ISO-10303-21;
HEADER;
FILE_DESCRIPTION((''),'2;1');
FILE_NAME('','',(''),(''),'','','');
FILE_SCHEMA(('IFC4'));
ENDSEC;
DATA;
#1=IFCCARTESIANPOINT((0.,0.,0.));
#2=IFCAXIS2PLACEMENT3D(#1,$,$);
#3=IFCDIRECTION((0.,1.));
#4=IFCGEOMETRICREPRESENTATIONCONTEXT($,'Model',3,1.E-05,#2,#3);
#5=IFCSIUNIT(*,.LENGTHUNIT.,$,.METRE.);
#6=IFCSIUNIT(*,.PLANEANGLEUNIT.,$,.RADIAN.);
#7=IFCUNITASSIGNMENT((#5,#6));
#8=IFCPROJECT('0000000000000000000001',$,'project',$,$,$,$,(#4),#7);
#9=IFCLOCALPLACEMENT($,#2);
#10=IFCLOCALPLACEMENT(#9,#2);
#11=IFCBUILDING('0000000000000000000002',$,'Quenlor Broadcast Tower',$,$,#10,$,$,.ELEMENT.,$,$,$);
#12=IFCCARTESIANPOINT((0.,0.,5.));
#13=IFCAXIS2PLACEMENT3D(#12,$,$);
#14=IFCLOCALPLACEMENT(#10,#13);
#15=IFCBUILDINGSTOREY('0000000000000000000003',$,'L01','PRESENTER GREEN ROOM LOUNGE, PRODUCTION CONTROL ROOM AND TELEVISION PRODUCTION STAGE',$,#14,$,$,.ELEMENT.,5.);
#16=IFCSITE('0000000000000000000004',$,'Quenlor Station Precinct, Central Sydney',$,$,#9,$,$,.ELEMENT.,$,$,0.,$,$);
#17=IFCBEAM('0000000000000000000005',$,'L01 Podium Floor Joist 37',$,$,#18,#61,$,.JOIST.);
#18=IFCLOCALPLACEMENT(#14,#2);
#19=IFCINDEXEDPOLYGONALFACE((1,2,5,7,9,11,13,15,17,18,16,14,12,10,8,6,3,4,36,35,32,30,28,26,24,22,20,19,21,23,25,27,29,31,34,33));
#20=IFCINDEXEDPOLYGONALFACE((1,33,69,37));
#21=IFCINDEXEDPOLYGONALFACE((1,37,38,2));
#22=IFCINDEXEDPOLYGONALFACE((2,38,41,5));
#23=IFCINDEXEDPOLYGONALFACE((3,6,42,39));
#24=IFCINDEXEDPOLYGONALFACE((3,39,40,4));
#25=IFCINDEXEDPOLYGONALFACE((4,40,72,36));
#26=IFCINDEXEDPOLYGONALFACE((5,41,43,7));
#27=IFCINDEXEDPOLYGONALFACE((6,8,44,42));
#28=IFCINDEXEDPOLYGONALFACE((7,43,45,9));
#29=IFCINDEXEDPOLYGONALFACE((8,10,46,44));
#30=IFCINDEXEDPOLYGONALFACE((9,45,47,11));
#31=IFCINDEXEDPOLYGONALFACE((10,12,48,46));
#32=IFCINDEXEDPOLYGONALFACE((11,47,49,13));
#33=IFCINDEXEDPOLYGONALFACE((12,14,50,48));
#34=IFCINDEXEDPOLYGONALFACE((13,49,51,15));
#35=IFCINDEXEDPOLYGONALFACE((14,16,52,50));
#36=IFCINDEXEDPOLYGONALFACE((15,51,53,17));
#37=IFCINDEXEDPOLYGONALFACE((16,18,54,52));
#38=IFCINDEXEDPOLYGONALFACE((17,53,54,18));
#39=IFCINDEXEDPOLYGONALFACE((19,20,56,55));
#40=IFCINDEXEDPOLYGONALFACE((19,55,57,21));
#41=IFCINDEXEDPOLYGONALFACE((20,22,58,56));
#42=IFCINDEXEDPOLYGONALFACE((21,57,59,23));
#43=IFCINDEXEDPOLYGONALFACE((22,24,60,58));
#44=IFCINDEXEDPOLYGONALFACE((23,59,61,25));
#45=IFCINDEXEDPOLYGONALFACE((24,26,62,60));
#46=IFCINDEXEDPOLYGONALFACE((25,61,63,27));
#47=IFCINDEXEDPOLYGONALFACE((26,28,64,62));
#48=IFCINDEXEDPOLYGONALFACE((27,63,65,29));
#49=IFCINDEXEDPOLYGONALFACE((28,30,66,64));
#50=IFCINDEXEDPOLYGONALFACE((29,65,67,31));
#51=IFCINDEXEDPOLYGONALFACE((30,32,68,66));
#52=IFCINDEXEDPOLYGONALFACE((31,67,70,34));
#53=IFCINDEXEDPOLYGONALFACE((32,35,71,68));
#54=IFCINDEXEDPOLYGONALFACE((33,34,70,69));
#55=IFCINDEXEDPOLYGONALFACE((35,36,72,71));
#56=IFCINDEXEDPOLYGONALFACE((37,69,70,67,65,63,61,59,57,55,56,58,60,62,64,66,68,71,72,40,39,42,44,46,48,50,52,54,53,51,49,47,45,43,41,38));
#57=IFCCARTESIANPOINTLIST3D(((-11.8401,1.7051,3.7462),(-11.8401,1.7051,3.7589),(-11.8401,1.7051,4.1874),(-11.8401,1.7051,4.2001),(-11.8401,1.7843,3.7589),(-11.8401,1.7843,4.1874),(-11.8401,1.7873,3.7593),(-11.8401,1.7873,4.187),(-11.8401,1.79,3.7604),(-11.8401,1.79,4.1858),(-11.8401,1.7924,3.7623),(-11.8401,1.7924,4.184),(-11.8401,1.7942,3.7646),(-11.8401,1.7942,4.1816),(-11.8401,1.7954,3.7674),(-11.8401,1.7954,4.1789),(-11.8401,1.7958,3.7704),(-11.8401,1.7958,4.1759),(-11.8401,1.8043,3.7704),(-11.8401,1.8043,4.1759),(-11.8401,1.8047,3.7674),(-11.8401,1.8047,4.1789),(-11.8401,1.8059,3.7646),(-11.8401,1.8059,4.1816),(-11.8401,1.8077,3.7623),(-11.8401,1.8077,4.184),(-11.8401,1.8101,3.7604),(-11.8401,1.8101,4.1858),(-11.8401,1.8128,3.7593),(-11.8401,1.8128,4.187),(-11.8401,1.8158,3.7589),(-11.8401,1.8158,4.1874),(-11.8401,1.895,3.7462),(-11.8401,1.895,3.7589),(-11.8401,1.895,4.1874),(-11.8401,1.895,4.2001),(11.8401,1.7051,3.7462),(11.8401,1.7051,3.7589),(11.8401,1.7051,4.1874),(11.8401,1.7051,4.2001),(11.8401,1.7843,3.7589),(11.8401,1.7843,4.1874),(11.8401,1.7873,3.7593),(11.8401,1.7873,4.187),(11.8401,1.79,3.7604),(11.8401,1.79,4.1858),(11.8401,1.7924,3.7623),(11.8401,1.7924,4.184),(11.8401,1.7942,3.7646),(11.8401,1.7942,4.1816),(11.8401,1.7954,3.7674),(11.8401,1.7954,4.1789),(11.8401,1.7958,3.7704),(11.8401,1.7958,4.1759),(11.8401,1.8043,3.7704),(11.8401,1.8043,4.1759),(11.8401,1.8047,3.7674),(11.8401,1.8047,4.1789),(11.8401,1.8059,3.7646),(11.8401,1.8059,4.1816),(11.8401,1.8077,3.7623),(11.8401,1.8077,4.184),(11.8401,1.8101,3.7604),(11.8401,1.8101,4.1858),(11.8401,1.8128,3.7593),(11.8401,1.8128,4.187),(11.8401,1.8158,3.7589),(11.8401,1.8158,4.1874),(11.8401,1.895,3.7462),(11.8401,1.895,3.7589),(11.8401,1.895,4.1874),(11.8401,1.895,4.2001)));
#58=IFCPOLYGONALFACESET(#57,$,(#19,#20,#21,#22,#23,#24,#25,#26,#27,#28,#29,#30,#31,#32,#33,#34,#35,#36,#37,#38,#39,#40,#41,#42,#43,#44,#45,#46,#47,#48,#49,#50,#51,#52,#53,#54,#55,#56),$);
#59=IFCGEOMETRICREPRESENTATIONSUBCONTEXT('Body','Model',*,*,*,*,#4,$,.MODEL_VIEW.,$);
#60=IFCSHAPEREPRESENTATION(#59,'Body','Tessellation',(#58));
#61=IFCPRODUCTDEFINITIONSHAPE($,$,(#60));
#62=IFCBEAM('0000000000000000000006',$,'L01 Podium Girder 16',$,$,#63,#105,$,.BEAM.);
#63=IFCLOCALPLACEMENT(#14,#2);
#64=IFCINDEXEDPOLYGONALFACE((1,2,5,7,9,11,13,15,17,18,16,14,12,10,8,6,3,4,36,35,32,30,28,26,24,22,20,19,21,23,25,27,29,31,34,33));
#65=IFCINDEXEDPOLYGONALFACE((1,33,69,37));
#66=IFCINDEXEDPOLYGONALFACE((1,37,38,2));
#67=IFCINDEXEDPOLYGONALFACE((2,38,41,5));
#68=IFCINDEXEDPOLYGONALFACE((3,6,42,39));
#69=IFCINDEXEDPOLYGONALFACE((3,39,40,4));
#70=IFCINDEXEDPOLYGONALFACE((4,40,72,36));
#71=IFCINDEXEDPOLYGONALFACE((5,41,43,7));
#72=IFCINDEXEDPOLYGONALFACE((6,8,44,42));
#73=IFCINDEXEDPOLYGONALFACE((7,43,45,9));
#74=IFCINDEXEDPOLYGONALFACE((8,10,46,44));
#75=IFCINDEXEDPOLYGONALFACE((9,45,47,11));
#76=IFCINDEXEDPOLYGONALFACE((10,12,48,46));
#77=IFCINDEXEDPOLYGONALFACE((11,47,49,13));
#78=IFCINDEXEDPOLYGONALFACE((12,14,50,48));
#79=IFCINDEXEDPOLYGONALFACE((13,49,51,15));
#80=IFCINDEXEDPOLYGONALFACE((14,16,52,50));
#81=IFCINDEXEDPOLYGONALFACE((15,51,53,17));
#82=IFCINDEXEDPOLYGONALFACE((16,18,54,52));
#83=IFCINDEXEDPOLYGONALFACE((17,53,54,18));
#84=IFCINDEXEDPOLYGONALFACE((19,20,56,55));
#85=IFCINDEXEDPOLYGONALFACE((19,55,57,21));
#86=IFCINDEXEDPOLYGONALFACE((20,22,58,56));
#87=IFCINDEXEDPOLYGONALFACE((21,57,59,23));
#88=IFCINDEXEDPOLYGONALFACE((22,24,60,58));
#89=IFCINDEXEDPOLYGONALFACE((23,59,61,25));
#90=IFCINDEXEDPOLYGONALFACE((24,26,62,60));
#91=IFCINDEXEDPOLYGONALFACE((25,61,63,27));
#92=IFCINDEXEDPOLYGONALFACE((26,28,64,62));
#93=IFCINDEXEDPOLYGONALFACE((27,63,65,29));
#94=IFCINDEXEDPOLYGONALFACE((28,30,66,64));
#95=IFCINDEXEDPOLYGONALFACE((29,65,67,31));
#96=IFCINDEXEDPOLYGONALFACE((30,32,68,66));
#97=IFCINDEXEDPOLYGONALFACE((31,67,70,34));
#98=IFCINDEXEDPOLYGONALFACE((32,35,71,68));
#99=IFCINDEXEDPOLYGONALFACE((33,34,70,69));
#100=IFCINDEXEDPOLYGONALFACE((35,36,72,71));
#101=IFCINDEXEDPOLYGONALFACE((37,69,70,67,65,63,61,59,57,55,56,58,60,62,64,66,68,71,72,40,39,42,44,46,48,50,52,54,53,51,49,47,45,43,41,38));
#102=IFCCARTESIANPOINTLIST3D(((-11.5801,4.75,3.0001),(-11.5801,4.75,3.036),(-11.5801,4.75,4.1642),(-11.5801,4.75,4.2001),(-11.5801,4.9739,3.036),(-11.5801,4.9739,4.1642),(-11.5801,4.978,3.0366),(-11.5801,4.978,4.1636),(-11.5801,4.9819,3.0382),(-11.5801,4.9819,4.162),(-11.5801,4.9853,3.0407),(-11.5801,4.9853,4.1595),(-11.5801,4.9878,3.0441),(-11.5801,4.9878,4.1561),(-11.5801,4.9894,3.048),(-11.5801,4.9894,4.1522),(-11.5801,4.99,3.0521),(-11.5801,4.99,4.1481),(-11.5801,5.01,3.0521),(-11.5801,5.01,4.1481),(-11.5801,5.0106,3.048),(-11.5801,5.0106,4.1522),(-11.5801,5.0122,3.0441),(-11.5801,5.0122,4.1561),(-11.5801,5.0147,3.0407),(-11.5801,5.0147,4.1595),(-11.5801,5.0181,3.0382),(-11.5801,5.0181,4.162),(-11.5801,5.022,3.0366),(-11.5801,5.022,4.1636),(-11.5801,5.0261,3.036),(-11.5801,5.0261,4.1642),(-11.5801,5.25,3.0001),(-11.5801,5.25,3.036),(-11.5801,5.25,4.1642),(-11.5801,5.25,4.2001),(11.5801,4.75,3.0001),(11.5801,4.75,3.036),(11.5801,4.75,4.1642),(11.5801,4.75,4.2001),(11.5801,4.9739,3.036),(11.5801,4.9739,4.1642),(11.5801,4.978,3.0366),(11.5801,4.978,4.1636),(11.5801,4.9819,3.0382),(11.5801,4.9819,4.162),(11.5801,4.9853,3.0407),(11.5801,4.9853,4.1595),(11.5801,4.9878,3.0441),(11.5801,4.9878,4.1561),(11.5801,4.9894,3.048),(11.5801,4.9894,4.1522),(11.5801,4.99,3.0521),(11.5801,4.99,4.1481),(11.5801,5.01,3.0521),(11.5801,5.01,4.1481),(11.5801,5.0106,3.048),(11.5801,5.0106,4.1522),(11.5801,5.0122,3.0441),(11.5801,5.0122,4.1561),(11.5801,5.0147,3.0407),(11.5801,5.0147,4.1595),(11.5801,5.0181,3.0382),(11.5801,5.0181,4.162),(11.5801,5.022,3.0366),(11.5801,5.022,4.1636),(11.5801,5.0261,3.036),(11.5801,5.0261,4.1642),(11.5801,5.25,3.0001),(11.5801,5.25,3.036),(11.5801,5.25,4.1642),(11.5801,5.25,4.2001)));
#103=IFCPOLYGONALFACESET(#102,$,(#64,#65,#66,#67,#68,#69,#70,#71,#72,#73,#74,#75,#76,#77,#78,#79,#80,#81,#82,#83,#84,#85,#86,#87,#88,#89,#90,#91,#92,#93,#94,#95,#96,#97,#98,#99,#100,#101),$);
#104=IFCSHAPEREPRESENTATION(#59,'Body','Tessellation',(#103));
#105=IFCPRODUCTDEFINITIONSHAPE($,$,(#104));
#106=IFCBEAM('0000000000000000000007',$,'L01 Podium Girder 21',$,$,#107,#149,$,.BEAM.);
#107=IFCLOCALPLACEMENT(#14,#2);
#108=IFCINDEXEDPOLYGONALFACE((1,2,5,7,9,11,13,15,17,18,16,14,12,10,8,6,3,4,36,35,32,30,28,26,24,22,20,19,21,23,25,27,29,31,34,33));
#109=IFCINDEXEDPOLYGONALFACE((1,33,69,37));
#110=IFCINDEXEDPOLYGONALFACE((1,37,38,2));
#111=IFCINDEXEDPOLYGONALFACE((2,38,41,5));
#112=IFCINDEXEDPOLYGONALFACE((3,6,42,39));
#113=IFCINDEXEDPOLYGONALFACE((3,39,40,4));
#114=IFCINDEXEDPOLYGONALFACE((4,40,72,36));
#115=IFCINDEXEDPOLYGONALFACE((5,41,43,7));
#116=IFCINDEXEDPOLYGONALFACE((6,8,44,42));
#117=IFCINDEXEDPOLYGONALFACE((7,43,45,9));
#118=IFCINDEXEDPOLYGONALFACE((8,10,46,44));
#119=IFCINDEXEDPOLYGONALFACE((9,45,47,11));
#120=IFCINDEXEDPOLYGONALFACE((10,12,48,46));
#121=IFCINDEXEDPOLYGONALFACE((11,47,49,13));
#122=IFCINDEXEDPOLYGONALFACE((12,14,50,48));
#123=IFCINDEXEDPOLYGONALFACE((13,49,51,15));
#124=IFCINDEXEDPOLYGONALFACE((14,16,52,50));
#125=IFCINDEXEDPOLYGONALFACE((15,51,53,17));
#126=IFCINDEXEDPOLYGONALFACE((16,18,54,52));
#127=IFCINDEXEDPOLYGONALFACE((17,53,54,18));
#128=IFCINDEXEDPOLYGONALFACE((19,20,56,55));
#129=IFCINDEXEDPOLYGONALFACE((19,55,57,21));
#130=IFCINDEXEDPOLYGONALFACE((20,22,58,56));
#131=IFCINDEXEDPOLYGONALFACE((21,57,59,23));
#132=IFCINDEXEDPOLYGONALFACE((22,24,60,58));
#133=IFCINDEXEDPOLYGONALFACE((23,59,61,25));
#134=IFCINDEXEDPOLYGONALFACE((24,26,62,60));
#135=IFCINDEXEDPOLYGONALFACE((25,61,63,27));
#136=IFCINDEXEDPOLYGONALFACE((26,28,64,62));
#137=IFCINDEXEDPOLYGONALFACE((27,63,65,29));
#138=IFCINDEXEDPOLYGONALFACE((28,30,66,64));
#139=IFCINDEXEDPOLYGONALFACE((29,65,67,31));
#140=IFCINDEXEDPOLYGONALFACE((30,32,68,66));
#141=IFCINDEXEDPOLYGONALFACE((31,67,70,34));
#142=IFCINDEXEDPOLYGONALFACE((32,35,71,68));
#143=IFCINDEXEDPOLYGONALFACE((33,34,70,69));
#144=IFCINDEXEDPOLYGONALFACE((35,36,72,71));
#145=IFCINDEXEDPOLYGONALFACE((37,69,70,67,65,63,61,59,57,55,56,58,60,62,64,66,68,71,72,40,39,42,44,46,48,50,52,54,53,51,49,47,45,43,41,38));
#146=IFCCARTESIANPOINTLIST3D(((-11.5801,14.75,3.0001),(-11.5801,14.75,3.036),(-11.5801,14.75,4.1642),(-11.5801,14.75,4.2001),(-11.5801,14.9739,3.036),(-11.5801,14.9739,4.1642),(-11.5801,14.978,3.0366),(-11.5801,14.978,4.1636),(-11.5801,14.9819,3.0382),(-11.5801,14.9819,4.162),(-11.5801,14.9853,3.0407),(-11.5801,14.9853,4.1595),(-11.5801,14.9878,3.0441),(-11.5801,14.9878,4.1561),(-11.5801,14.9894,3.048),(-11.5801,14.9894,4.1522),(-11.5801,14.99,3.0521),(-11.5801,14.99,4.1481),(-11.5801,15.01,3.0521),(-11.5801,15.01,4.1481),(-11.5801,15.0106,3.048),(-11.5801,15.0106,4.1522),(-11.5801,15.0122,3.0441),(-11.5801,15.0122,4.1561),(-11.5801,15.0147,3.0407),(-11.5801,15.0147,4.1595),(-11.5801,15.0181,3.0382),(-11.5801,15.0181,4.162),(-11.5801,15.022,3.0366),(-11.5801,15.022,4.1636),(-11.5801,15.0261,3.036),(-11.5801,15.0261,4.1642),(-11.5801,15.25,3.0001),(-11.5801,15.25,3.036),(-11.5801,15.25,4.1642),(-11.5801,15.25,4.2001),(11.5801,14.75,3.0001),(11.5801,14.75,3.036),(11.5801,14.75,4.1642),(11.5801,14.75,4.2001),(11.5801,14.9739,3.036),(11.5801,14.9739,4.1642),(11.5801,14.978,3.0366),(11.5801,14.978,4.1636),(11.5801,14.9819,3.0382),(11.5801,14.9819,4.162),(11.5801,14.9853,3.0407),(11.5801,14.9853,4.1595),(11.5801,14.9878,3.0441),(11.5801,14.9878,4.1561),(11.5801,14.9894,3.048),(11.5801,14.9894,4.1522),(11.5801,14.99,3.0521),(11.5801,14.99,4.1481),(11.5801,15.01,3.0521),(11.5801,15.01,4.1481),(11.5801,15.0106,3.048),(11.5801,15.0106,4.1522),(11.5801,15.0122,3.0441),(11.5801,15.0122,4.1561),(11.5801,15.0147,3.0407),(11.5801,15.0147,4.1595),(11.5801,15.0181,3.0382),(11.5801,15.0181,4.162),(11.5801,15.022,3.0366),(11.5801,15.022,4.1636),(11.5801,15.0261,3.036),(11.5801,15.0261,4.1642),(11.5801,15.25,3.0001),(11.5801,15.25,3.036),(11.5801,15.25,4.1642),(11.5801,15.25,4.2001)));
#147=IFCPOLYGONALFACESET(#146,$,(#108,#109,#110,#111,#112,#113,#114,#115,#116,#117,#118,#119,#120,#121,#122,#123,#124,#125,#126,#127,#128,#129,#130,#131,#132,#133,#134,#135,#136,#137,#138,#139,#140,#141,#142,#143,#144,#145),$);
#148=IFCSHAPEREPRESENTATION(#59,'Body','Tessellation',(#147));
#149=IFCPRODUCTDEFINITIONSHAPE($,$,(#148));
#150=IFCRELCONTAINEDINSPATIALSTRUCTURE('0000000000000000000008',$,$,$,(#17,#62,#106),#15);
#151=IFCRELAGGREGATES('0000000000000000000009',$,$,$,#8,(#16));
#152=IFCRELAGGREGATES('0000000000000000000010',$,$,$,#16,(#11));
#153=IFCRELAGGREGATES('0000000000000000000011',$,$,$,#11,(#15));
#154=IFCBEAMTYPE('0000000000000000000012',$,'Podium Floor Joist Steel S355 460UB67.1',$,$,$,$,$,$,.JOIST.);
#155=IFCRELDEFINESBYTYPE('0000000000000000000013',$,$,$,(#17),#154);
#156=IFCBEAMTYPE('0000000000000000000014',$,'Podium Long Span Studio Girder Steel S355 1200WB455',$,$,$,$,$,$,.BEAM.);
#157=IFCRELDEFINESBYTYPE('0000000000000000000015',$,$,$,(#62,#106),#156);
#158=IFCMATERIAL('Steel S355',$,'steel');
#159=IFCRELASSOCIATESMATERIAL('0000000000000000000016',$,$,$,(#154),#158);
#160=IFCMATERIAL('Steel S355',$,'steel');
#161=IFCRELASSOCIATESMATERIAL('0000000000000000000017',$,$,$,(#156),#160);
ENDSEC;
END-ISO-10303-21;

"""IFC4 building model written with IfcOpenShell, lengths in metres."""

from ifc_helpers import new_model, si_unit, direction, frame, origin, origin_2d, place, context, subcontext, project, spatial, i_section, extrude, material, material_profile, profile_set, type_object, element, save


model = new_model("IFC4")

# Units and contexts
model_context = context("Model", 3, precision=1e-05, world=origin(), true_north=direction((0.0, 1.0)))
body_context = subcontext(model_context, "Body", "Model", "MODEL_VIEW")
ifc_project = project(units=[si_unit("LENGTHUNIT", "METRE"), si_unit("PLANEANGLEUNIT", "RADIAN")], contexts=[model_context])

# Site, building, storey
site_placement = place(None, origin())
site = spatial("IfcSite", under=ifc_project, at=site_placement, Name="Quenlor Station Precinct, Central Sydney", CompositionType="ELEMENT", RefElevation=0.0)
building_placement = place(site_placement, origin())
building = spatial("IfcBuilding", under=site, at=building_placement, Name="Quenlor Broadcast Tower", CompositionType="ELEMENT")
storey_placement = place(building_placement, frame((0.0, 0.0, 5.0)))
storey = spatial("IfcBuildingStorey", under=building, at=storey_placement, Name="L01", Description="PRESENTER GREEN ROOM LOUNGE, PRODUCTION CONTROL ROOM AND TELEVISION PRODUCTION STAGE", CompositionType="ELEMENT", Elevation=5.0)

# Beams
ifc_material_1 = material(Name="Steel S355", Category="steel")
ifc_material_profile_1 = material_profile(ifc_material_1, i_section(OverallWidth=0.1899, OverallDepth=0.4539, WebThickness=0.0085, FlangeThickness=0.0127, FilletRadius=0.0115, at=origin_2d()))
ifc_profile_set_1 = profile_set([ifc_material_profile_1], Name="Steel S355 460UB67.1")
beam_type_1 = type_object("IfcBeamType", Name="Podium Floor Joist Steel S355 460UB67.1", PredefinedType="JOIST", material=ifc_profile_set_1)
for number, where, z_axis, x_axis, name in (
    (1, (-11.8401, 1.8, 3.9731), (1.0, 0.0, 0.0), (0.0, 1.0, 0.0), "L01 Podium Floor Joist 37"),
):
    element("IfcBeam", number, at=place(storey_placement, frame(where, z_axis=z_axis, x_axis=x_axis)), inside=storey, type_object=beam_type_1, Name=name, PredefinedType="JOIST", context=body_context, shape_type="SweptSolid", body=[
        extrude(i_section(OverallWidth=0.1899, OverallDepth=0.4539, WebThickness=0.0085, FlangeThickness=0.0127, FilletRadius=0.0115, at=origin_2d()), origin(), (0.0, 0.0, 1.0), 23.6802),
    ])
ifc_material_2 = material(Name="Steel S355", Category="steel")
ifc_material_profile_2 = material_profile(ifc_material_2, i_section(OverallWidth=0.5, OverallDepth=1.2, WebThickness=0.02, FlangeThickness=0.0359, FilletRadius=0.0161, at=origin_2d()))
ifc_profile_set_2 = profile_set([ifc_material_profile_2], Name="Steel S355 1200WB455")
beam_type_2 = type_object("IfcBeamType", Name="Podium Long Span Studio Girder Steel S355 1200WB455", PredefinedType="BEAM", material=ifc_profile_set_2)
for number, where, z_axis, x_axis, name in (
    (2, (-11.5801, 5.0, 3.6001), (1.0, 0.0, 0.0), (0.0, 1.0, 0.0), "L01 Podium Girder 16"),
    (3, (-11.5801, 15.0, 3.6001), (1.0, 0.0, 0.0), (0.0, 1.0, 0.0), "L01 Podium Girder 21"),
):
    element("IfcBeam", number, at=place(storey_placement, frame(where, z_axis=z_axis, x_axis=x_axis)), inside=storey, type_object=beam_type_2, Name=name, PredefinedType="BEAM", context=body_context, shape_type="SweptSolid", body=[
        extrude(i_section(OverallWidth=0.5, OverallDepth=1.2, WebThickness=0.02, FlangeThickness=0.0359, FilletRadius=0.0161, at=origin_2d()), origin(), (0.0, 0.0, 1.0), 23.1602),
    ])

save(model, "model.ifc")
